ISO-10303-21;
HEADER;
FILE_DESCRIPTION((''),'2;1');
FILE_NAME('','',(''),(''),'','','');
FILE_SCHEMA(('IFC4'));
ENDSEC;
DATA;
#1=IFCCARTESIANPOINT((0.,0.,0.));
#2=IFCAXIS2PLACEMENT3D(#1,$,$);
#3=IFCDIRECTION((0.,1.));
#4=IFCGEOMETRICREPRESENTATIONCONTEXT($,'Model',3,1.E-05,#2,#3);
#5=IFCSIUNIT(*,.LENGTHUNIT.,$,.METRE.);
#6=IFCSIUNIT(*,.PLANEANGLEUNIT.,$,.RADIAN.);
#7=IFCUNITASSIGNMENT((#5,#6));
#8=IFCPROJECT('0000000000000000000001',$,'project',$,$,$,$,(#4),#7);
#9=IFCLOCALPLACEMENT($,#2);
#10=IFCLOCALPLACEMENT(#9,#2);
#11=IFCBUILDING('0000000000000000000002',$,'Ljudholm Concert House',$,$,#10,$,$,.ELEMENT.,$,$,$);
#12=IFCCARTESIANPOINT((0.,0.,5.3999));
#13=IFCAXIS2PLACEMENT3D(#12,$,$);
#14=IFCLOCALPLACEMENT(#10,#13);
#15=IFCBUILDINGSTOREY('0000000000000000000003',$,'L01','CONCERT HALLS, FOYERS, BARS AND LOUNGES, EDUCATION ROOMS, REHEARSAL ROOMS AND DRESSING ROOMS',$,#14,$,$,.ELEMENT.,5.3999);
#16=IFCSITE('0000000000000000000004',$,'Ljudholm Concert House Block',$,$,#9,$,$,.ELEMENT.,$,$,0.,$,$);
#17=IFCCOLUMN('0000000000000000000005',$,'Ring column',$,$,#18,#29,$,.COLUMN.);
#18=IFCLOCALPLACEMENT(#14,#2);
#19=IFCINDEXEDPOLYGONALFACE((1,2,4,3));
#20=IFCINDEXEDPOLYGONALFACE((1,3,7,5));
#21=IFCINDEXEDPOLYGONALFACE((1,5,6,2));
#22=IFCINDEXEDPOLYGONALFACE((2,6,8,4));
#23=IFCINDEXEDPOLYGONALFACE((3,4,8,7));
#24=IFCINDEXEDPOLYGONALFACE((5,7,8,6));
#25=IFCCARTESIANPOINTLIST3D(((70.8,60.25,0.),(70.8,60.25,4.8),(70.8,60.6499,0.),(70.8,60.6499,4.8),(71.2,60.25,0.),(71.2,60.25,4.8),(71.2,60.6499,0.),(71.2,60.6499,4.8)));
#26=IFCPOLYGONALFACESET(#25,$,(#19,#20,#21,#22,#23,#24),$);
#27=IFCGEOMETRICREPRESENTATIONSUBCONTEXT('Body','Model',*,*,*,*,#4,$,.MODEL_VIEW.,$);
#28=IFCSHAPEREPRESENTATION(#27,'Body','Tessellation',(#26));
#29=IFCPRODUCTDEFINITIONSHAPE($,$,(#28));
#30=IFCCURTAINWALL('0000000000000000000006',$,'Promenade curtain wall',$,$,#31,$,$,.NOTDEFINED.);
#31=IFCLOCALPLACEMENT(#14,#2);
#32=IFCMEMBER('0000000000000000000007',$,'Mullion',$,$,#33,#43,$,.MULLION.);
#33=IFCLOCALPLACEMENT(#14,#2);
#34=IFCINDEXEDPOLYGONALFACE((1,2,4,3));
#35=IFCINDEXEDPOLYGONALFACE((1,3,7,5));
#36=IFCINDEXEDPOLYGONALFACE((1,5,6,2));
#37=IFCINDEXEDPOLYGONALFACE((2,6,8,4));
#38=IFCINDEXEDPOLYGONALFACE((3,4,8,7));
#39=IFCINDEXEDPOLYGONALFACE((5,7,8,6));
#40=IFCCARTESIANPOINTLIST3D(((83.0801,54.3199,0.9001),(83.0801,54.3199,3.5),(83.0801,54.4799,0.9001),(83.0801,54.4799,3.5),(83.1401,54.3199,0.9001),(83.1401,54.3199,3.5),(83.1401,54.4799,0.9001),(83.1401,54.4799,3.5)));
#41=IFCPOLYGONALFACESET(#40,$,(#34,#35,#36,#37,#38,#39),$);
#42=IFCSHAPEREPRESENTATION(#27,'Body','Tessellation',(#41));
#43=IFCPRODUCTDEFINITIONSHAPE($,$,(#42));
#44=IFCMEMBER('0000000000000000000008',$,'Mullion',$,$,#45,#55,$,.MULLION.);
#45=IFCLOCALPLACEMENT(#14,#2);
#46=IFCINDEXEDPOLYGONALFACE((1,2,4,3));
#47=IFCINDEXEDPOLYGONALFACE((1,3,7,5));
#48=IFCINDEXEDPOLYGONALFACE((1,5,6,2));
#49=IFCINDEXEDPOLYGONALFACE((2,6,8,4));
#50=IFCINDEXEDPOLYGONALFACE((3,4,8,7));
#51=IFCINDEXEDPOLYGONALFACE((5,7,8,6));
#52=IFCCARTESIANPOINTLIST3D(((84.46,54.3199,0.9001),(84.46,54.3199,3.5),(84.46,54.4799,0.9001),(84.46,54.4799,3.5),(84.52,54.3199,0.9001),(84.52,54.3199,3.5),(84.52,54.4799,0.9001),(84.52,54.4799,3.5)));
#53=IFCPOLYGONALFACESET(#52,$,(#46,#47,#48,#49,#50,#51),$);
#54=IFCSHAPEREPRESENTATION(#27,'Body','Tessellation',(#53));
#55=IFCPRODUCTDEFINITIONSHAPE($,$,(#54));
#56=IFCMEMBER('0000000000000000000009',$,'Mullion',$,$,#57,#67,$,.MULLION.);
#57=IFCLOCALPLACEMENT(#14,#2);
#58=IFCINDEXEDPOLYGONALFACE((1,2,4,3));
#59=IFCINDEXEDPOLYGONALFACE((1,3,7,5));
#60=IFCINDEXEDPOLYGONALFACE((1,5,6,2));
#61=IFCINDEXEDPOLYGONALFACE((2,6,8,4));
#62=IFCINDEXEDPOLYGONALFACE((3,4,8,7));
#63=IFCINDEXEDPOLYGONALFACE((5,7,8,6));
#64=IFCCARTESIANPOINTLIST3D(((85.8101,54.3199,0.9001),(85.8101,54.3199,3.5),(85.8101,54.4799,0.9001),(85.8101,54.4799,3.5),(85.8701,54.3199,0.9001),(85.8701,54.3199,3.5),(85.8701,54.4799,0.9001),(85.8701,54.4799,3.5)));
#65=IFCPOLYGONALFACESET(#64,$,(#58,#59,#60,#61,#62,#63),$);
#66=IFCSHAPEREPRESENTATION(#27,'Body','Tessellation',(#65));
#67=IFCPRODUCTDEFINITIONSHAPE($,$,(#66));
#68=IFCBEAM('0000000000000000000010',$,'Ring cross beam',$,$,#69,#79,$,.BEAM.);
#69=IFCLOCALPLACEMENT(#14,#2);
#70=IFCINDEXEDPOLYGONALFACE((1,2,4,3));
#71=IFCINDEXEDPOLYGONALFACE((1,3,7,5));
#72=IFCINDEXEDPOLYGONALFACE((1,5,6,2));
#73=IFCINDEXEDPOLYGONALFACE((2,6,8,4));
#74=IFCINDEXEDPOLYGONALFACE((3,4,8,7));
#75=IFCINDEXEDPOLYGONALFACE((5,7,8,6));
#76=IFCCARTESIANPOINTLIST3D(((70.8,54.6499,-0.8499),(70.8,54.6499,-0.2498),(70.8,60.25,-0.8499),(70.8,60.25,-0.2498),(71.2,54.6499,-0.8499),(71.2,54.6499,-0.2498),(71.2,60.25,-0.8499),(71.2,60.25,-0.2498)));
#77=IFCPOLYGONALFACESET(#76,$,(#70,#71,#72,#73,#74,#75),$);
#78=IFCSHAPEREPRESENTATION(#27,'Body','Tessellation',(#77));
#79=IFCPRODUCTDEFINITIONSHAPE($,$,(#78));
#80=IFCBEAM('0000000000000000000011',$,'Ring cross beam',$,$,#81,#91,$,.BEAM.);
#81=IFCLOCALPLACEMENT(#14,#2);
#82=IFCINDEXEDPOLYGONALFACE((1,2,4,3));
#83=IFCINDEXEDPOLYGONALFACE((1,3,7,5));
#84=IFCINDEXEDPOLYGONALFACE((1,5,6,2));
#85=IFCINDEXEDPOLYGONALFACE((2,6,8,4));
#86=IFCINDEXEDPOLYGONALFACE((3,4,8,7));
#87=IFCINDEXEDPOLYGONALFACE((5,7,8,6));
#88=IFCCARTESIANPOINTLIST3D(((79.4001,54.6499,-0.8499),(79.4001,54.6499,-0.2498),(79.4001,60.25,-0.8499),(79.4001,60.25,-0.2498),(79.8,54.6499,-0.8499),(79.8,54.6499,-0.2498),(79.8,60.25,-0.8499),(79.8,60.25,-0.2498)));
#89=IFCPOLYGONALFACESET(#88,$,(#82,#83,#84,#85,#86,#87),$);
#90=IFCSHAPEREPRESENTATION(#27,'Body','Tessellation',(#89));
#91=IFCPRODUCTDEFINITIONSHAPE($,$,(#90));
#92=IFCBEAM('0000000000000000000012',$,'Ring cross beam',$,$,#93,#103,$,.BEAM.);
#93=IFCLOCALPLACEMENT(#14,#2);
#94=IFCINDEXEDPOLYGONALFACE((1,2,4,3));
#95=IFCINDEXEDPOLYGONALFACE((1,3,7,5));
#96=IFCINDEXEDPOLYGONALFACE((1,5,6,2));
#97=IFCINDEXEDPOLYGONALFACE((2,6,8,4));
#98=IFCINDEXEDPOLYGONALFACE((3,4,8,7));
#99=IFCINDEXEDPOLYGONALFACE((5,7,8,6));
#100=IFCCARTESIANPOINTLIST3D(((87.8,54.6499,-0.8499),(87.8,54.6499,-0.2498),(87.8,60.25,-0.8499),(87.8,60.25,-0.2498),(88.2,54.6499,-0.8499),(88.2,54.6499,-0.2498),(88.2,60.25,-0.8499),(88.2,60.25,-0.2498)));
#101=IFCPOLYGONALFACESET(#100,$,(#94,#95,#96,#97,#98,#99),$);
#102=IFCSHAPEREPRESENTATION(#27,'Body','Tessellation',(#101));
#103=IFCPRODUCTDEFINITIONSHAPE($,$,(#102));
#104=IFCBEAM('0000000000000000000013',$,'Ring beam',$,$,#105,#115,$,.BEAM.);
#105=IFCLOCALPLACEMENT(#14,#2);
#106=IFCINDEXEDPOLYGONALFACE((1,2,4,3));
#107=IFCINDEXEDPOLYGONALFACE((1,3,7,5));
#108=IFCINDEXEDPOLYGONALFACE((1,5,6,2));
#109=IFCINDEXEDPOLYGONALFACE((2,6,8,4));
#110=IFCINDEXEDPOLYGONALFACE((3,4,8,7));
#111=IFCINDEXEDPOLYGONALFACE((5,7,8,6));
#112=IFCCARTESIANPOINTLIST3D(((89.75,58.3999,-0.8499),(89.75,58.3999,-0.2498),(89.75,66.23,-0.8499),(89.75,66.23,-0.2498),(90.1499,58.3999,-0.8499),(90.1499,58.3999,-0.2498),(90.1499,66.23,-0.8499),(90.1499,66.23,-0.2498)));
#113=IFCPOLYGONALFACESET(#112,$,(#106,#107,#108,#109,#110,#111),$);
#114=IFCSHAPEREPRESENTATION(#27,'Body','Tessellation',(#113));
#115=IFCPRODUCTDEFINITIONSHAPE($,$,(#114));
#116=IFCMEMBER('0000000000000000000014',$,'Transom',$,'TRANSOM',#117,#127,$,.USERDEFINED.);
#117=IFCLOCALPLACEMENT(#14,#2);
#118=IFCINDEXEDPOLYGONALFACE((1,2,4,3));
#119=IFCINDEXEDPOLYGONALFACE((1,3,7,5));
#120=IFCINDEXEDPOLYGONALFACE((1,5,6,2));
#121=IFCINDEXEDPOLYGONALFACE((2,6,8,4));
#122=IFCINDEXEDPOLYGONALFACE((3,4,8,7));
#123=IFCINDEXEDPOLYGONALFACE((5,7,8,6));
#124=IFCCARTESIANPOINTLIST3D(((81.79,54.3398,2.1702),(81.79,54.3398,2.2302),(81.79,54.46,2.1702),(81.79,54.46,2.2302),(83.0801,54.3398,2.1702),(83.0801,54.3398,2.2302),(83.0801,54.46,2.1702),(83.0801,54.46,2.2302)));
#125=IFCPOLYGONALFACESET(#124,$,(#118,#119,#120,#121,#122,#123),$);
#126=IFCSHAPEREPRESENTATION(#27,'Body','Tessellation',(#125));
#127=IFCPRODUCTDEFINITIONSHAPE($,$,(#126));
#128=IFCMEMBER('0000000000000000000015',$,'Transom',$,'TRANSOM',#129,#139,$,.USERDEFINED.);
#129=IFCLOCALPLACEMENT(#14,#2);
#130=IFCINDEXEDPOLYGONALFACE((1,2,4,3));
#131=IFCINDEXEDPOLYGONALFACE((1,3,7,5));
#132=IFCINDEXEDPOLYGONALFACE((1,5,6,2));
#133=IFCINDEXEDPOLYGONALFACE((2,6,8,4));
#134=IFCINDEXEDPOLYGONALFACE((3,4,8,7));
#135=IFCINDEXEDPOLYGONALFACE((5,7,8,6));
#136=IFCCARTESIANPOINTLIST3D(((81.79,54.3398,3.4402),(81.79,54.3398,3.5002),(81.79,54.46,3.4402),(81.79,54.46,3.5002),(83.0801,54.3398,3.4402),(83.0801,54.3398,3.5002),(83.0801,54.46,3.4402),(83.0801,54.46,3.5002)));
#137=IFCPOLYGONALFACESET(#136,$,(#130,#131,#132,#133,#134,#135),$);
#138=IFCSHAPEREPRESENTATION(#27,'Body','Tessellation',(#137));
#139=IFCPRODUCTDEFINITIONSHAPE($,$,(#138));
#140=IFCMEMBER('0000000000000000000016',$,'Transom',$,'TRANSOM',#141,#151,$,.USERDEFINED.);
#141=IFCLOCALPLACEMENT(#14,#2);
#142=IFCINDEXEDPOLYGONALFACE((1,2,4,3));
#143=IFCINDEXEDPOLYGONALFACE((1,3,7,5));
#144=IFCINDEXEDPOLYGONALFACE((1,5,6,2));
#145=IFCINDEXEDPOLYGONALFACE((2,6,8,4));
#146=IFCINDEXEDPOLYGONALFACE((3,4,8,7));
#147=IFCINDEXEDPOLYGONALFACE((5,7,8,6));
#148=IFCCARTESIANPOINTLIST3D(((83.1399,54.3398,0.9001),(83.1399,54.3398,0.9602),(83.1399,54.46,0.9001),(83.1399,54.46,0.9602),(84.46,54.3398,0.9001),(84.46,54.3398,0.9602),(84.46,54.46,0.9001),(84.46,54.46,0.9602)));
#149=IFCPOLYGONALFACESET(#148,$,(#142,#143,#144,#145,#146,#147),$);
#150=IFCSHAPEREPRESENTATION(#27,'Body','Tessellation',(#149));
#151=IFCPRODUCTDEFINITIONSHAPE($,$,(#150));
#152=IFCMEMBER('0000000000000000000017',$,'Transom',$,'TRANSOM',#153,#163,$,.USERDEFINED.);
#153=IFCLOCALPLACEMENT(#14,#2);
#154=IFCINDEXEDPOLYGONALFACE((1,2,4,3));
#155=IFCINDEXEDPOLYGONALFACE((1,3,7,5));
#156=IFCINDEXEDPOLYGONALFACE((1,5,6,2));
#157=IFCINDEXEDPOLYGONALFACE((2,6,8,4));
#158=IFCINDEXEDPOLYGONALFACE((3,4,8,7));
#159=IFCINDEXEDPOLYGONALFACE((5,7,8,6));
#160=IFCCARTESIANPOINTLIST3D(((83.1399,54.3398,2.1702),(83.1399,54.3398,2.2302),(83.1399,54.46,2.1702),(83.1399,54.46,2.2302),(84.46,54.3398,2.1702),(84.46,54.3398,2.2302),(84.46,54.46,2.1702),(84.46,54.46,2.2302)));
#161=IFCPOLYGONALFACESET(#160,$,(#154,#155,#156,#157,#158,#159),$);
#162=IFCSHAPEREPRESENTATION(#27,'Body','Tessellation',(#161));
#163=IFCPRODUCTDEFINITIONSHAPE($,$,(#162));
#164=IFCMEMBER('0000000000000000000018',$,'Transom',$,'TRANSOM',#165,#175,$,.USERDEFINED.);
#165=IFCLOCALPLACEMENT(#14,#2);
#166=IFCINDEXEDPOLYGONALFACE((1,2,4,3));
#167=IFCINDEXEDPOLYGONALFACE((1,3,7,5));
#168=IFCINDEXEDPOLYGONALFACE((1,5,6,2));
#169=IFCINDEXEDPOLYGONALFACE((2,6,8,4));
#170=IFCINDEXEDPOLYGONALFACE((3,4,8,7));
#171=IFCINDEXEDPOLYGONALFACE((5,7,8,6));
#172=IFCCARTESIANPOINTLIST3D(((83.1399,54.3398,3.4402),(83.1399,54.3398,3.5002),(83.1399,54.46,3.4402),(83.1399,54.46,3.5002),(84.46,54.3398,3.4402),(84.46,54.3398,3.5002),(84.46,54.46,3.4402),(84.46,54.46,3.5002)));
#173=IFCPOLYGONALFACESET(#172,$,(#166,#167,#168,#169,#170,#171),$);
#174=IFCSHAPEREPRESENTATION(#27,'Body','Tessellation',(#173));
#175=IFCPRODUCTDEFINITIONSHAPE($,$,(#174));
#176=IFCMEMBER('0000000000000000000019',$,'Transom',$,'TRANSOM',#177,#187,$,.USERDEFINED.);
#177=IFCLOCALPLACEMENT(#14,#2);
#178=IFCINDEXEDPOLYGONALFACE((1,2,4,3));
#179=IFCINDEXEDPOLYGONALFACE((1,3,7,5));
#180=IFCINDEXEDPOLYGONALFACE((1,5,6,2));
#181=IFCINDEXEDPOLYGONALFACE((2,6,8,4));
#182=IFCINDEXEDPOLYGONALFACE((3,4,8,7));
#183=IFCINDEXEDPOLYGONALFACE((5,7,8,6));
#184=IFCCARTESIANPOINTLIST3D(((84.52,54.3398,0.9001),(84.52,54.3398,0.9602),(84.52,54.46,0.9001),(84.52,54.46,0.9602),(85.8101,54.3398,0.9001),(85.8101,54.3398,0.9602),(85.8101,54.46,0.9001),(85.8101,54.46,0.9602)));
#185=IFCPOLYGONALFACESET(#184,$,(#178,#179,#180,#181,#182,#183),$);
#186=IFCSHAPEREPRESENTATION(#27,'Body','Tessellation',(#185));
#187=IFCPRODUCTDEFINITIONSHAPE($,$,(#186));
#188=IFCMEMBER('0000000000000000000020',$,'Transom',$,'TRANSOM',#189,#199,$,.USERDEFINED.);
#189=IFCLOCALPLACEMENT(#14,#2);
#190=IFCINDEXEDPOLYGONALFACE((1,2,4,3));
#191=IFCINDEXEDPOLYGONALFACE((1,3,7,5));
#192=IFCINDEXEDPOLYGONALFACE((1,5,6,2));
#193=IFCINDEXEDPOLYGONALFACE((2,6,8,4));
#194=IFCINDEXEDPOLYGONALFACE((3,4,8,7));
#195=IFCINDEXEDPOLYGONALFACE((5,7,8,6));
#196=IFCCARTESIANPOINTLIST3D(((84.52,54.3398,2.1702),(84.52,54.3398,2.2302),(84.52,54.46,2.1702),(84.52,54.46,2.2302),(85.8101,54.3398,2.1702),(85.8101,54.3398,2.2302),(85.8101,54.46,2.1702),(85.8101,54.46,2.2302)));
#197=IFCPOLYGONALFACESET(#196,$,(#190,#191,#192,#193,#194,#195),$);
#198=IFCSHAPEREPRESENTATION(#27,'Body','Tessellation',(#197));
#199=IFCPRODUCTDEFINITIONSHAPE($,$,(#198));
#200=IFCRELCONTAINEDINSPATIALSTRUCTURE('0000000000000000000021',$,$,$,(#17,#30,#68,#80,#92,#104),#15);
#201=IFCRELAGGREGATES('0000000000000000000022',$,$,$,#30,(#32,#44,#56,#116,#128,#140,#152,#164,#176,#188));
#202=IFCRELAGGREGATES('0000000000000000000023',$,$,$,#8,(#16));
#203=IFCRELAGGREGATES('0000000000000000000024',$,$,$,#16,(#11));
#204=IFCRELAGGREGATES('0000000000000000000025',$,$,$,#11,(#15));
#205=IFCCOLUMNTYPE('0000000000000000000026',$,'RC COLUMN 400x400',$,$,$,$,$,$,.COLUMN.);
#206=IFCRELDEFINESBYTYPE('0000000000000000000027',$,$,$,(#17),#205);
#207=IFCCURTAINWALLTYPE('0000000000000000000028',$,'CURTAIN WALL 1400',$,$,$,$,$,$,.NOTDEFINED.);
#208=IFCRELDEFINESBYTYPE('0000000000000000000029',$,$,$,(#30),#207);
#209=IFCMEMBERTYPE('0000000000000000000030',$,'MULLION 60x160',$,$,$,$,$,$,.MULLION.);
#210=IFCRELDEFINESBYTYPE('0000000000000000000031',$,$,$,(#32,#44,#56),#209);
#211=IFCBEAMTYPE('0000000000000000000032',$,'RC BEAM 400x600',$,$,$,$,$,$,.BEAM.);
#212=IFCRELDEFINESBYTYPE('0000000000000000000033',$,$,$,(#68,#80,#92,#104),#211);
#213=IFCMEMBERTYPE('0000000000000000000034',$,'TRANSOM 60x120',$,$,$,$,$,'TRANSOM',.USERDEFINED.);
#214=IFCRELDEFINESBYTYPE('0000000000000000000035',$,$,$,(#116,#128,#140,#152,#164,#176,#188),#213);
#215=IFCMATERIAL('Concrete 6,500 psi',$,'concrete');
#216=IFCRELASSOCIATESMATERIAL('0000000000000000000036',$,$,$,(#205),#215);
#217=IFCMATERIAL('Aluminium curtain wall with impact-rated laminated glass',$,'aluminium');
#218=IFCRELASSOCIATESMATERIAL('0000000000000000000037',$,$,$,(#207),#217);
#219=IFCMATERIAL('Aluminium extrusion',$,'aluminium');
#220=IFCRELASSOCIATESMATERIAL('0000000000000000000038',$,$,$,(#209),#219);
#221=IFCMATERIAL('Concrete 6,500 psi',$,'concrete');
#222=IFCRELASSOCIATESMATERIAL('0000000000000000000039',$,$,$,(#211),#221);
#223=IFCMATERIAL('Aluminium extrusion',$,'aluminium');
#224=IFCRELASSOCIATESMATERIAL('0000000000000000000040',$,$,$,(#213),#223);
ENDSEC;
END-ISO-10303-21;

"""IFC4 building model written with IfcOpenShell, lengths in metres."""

from ifc_helpers import new_model, si_unit, direction, frame, origin, origin_2d, place, context, subcontext, project, spatial, rectangle, extrude, material, material_profile, profile_set, type_object, element, aggregate, save


model = new_model("IFC4")

# Units and contexts
model_context = context("Model", 3, precision=1e-05, world=origin(), true_north=direction((0.0, 1.0)))
body_context = subcontext(model_context, "Body", "Model", "MODEL_VIEW")
ifc_project = project(units=[si_unit("LENGTHUNIT", "METRE"), si_unit("PLANEANGLEUNIT", "RADIAN")], contexts=[model_context])

# Site, building, storey
site_placement = place(None, origin())
site = spatial("IfcSite", under=ifc_project, at=site_placement, Name="Ljudholm Concert House Block", CompositionType="ELEMENT", RefElevation=0.0)
building_placement = place(site_placement, origin())
building = spatial("IfcBuilding", under=site, at=building_placement, Name="Ljudholm Concert House", CompositionType="ELEMENT")
storey_placement = place(building_placement, frame((0.0, 0.0, 5.3999)))
storey = spatial("IfcBuildingStorey", under=building, at=storey_placement, Name="L01", Description="CONCERT HALLS, FOYERS, BARS AND LOUNGES, EDUCATION ROOMS, REHEARSAL ROOMS AND DRESSING ROOMS", CompositionType="ELEMENT", Elevation=5.3999)

# Column
ifc_material_1 = material(Name="Concrete 6,500 psi", Category="concrete")
ifc_material_profile_1 = material_profile(ifc_material_1, rectangle(XDim=0.3999, YDim=0.3999, at=origin_2d()), Name="RC COLUMN 400x400")
ifc_profile_set_1 = profile_set([ifc_material_profile_1], Name="Concrete 6,500 psi")
column_type = type_object("IfcColumnType", Name="RC COLUMN 400x400", PredefinedType="COLUMN", material=ifc_profile_set_1)
column_placement = place(storey_placement, frame((71.0, 60.45, 0.0), z_axis=(0.0, 0.0, 1.0), x_axis=(1.0, 0.0, 0.0)))
element("IfcColumn", 1, at=column_placement, inside=storey, type_object=column_type, Name="Ring column", PredefinedType="COLUMN", context=body_context, shape_type="SweptSolid", body=[
    extrude(rectangle(XDim=0.3999, YDim=0.3999, at=origin_2d()), origin(), (0.0, 0.0, 1.0), 4.8),
])

# Curtain wall, members
ifc_material_2 = material(Name="Aluminium curtain wall with impact-rated laminated glass", Category="aluminium")
curtain_wall_type = type_object("IfcCurtainWallType", Name="CURTAIN WALL 1400", PredefinedType="NOTDEFINED", material=ifc_material_2)
curtain_wall_placement = place(storey_placement, origin())
curtain_wall = element("IfcCurtainWall", 2, at=curtain_wall_placement, inside=storey, type_object=curtain_wall_type, Name="Promenade curtain wall", PredefinedType="NOTDEFINED")
ifc_material_3 = material(Name="Aluminium extrusion", Category="aluminium")
ifc_material_profile_2 = material_profile(ifc_material_3, rectangle(XDim=0.1599, YDim=0.0601, at=origin_2d()), Name="MULLION 60x160")
ifc_profile_set_2 = profile_set([ifc_material_profile_2], Name="Aluminium extrusion")
member_type_1 = type_object("IfcMemberType", Name="MULLION 60x160", PredefinedType="MULLION", material=ifc_profile_set_2)
member_1_placement = place(storey_placement, frame((83.1101, 54.3999, 0.9001), z_axis=(0.0, 0.0, 1.0), x_axis=(0.0, 1.0, 0.0)))
member_1 = element("IfcMember", 3, at=member_1_placement, type_object=member_type_1, Name="Mullion", PredefinedType="MULLION", context=body_context, shape_type="SweptSolid", body=[
    extrude(rectangle(XDim=0.1599, YDim=0.0601, at=origin_2d()), origin(), (0.0, 0.0, 1.0), 2.5999),
])
member_2_placement = place(storey_placement, frame((84.49, 54.3999, 0.9001), z_axis=(0.0, 0.0, 1.0), x_axis=(0.0, 1.0, 0.0)))
member_2 = element("IfcMember", 4, at=member_2_placement, type_object=member_type_1, Name="Mullion", PredefinedType="MULLION", context=body_context, shape_type="SweptSolid", body=[
    extrude(rectangle(XDim=0.1599, YDim=0.0601, at=origin_2d()), origin(), (0.0, 0.0, 1.0), 2.5999),
])
member_3_placement = place(storey_placement, frame((85.8401, 54.3999, 0.9001), z_axis=(0.0, 0.0, 1.0), x_axis=(0.0, 1.0, 0.0)))
member_3 = element("IfcMember", 5, at=member_3_placement, type_object=member_type_1, Name="Mullion", PredefinedType="MULLION", context=body_context, shape_type="SweptSolid", body=[
    extrude(rectangle(XDim=0.1599, YDim=0.0601, at=origin_2d()), origin(), (0.0, 0.0, 1.0), 2.5999),
])

# Beams
ifc_material_4 = material(Name="Concrete 6,500 psi", Category="concrete")
ifc_material_profile_3 = material_profile(ifc_material_4, rectangle(XDim=0.3999, YDim=0.6001, at=origin_2d()), Name="RC BEAM 400x600")
ifc_profile_set_3 = profile_set([ifc_material_profile_3], Name="Concrete 6,500 psi")
beam_type = type_object("IfcBeamType", Name="RC BEAM 400x600", PredefinedType="BEAM", material=ifc_profile_set_3)
for number, where, z_axis, x_axis, name in (
    (6, (71.0, 60.25, -0.5498), (0.0, -1.0, 0.0), (1.0, 0.0, 0.0), "Ring cross beam"),
    (7, (79.6001, 60.25, -0.5498), (0.0, -1.0, 0.0), (1.0, 0.0, 0.0), "Ring cross beam"),
    (8, (88.0, 60.25, -0.5498), (0.0, -1.0, 0.0), (1.0, 0.0, 0.0), "Ring cross beam"),
):
    element("IfcBeam", number, at=place(storey_placement, frame(where, z_axis=z_axis, x_axis=x_axis)), inside=storey, type_object=beam_type, Name=name, PredefinedType="BEAM", context=body_context, shape_type="SweptSolid", body=[
        extrude(rectangle(XDim=0.3999, YDim=0.6001, at=origin_2d()), origin(), (0.0, 0.0, 1.0), 5.6001),
    ])
beam_placement = place(storey_placement, frame((89.95, 58.3999, -0.5498), z_axis=(0.0, 1.0, 0.0), x_axis=(-1.0, 0.0, 0.0)))
element("IfcBeam", 9, at=beam_placement, inside=storey, type_object=beam_type, Name="Ring beam", PredefinedType="BEAM", context=body_context, shape_type="SweptSolid", body=[
    extrude(rectangle(XDim=0.3999, YDim=0.6001, at=origin_2d()), origin(), (0.0, 0.0, 1.0), 7.8301),
])

# Members
ifc_material_5 = material(Name="Aluminium extrusion", Category="aluminium")
ifc_material_profile_4 = material_profile(ifc_material_5, rectangle(XDim=0.1201, YDim=0.0601, at=origin_2d()), Name="TRANSOM 60x120")
ifc_profile_set_4 = profile_set([ifc_material_profile_4], Name="Aluminium extrusion")
member_type_2 = type_object("IfcMemberType", Name="TRANSOM 60x120", ElementType="TRANSOM", PredefinedType="USERDEFINED", material=ifc_profile_set_4)
member_4_placement = place(storey_placement, frame((81.79, 54.3999, 2.2002), z_axis=(1.0, 0.0, 0.0), x_axis=(0.0, 1.0, 0.0)))
member_4 = element("IfcMember", 10, at=member_4_placement, type_object=member_type_2, Name="Transom", ObjectType="TRANSOM", PredefinedType="USERDEFINED", context=body_context, shape_type="SweptSolid", body=[
    extrude(rectangle(XDim=0.1201, YDim=0.0601, at=origin_2d()), origin(), (0.0, 0.0, 1.0), 1.29),
])
member_5_placement = place(storey_placement, frame((81.79, 54.3999, 3.4702), z_axis=(1.0, 0.0, 0.0), x_axis=(0.0, 1.0, 0.0)))
member_5 = element("IfcMember", 11, at=member_5_placement, type_object=member_type_2, Name="Transom", ObjectType="TRANSOM", PredefinedType="USERDEFINED", context=body_context, shape_type="SweptSolid", body=[
    extrude(rectangle(XDim=0.1201, YDim=0.0601, at=origin_2d()), origin(), (0.0, 0.0, 1.0), 1.29),
])
member_6_placement = place(storey_placement, frame((83.1399, 54.3999, 0.9302), z_axis=(1.0, 0.0, 0.0), x_axis=(0.0, 1.0, 0.0)))
member_6 = element("IfcMember", 12, at=member_6_placement, type_object=member_type_2, Name="Transom", ObjectType="TRANSOM", PredefinedType="USERDEFINED", context=body_context, shape_type="SweptSolid", body=[
    extrude(rectangle(XDim=0.1201, YDim=0.0601, at=origin_2d()), origin(), (0.0, 0.0, 1.0), 1.3201),
])
member_7_placement = place(storey_placement, frame((83.1399, 54.3999, 2.2002), z_axis=(1.0, 0.0, 0.0), x_axis=(0.0, 1.0, 0.0)))
member_7 = element("IfcMember", 13, at=member_7_placement, type_object=member_type_2, Name="Transom", ObjectType="TRANSOM", PredefinedType="USERDEFINED", context=body_context, shape_type="SweptSolid", body=[
    extrude(rectangle(XDim=0.1201, YDim=0.0601, at=origin_2d()), origin(), (0.0, 0.0, 1.0), 1.3201),
])
member_8_placement = place(storey_placement, frame((83.1399, 54.3999, 3.4702), z_axis=(1.0, 0.0, 0.0), x_axis=(0.0, 1.0, 0.0)))
member_8 = element("IfcMember", 14, at=member_8_placement, type_object=member_type_2, Name="Transom", ObjectType="TRANSOM", PredefinedType="USERDEFINED", context=body_context, shape_type="SweptSolid", body=[
    extrude(rectangle(XDim=0.1201, YDim=0.0601, at=origin_2d()), origin(), (0.0, 0.0, 1.0), 1.3201),
])
member_9_placement = place(storey_placement, frame((84.52, 54.3999, 0.9302), z_axis=(1.0, 0.0, 0.0), x_axis=(0.0, 1.0, 0.0)))
member_9 = element("IfcMember", 15, at=member_9_placement, type_object=member_type_2, Name="Transom", ObjectType="TRANSOM", PredefinedType="USERDEFINED", context=body_context, shape_type="SweptSolid", body=[
    extrude(rectangle(XDim=0.1201, YDim=0.0601, at=origin_2d()), origin(), (0.0, 0.0, 1.0), 1.29),
])
member_10_placement = place(storey_placement, frame((84.52, 54.3999, 2.2002), z_axis=(1.0, 0.0, 0.0), x_axis=(0.0, 1.0, 0.0)))
member_10 = element("IfcMember", 16, at=member_10_placement, type_object=member_type_2, Name="Transom", ObjectType="TRANSOM", PredefinedType="USERDEFINED", context=body_context, shape_type="SweptSolid", body=[
    extrude(rectangle(XDim=0.1201, YDim=0.0601, at=origin_2d()), origin(), (0.0, 0.0, 1.0), 1.29),
])

aggregate(curtain_wall, [member_1, member_2, member_3, member_4, member_5, member_6, member_7, member_8, member_9, member_10])

save(model, "model.ifc")
